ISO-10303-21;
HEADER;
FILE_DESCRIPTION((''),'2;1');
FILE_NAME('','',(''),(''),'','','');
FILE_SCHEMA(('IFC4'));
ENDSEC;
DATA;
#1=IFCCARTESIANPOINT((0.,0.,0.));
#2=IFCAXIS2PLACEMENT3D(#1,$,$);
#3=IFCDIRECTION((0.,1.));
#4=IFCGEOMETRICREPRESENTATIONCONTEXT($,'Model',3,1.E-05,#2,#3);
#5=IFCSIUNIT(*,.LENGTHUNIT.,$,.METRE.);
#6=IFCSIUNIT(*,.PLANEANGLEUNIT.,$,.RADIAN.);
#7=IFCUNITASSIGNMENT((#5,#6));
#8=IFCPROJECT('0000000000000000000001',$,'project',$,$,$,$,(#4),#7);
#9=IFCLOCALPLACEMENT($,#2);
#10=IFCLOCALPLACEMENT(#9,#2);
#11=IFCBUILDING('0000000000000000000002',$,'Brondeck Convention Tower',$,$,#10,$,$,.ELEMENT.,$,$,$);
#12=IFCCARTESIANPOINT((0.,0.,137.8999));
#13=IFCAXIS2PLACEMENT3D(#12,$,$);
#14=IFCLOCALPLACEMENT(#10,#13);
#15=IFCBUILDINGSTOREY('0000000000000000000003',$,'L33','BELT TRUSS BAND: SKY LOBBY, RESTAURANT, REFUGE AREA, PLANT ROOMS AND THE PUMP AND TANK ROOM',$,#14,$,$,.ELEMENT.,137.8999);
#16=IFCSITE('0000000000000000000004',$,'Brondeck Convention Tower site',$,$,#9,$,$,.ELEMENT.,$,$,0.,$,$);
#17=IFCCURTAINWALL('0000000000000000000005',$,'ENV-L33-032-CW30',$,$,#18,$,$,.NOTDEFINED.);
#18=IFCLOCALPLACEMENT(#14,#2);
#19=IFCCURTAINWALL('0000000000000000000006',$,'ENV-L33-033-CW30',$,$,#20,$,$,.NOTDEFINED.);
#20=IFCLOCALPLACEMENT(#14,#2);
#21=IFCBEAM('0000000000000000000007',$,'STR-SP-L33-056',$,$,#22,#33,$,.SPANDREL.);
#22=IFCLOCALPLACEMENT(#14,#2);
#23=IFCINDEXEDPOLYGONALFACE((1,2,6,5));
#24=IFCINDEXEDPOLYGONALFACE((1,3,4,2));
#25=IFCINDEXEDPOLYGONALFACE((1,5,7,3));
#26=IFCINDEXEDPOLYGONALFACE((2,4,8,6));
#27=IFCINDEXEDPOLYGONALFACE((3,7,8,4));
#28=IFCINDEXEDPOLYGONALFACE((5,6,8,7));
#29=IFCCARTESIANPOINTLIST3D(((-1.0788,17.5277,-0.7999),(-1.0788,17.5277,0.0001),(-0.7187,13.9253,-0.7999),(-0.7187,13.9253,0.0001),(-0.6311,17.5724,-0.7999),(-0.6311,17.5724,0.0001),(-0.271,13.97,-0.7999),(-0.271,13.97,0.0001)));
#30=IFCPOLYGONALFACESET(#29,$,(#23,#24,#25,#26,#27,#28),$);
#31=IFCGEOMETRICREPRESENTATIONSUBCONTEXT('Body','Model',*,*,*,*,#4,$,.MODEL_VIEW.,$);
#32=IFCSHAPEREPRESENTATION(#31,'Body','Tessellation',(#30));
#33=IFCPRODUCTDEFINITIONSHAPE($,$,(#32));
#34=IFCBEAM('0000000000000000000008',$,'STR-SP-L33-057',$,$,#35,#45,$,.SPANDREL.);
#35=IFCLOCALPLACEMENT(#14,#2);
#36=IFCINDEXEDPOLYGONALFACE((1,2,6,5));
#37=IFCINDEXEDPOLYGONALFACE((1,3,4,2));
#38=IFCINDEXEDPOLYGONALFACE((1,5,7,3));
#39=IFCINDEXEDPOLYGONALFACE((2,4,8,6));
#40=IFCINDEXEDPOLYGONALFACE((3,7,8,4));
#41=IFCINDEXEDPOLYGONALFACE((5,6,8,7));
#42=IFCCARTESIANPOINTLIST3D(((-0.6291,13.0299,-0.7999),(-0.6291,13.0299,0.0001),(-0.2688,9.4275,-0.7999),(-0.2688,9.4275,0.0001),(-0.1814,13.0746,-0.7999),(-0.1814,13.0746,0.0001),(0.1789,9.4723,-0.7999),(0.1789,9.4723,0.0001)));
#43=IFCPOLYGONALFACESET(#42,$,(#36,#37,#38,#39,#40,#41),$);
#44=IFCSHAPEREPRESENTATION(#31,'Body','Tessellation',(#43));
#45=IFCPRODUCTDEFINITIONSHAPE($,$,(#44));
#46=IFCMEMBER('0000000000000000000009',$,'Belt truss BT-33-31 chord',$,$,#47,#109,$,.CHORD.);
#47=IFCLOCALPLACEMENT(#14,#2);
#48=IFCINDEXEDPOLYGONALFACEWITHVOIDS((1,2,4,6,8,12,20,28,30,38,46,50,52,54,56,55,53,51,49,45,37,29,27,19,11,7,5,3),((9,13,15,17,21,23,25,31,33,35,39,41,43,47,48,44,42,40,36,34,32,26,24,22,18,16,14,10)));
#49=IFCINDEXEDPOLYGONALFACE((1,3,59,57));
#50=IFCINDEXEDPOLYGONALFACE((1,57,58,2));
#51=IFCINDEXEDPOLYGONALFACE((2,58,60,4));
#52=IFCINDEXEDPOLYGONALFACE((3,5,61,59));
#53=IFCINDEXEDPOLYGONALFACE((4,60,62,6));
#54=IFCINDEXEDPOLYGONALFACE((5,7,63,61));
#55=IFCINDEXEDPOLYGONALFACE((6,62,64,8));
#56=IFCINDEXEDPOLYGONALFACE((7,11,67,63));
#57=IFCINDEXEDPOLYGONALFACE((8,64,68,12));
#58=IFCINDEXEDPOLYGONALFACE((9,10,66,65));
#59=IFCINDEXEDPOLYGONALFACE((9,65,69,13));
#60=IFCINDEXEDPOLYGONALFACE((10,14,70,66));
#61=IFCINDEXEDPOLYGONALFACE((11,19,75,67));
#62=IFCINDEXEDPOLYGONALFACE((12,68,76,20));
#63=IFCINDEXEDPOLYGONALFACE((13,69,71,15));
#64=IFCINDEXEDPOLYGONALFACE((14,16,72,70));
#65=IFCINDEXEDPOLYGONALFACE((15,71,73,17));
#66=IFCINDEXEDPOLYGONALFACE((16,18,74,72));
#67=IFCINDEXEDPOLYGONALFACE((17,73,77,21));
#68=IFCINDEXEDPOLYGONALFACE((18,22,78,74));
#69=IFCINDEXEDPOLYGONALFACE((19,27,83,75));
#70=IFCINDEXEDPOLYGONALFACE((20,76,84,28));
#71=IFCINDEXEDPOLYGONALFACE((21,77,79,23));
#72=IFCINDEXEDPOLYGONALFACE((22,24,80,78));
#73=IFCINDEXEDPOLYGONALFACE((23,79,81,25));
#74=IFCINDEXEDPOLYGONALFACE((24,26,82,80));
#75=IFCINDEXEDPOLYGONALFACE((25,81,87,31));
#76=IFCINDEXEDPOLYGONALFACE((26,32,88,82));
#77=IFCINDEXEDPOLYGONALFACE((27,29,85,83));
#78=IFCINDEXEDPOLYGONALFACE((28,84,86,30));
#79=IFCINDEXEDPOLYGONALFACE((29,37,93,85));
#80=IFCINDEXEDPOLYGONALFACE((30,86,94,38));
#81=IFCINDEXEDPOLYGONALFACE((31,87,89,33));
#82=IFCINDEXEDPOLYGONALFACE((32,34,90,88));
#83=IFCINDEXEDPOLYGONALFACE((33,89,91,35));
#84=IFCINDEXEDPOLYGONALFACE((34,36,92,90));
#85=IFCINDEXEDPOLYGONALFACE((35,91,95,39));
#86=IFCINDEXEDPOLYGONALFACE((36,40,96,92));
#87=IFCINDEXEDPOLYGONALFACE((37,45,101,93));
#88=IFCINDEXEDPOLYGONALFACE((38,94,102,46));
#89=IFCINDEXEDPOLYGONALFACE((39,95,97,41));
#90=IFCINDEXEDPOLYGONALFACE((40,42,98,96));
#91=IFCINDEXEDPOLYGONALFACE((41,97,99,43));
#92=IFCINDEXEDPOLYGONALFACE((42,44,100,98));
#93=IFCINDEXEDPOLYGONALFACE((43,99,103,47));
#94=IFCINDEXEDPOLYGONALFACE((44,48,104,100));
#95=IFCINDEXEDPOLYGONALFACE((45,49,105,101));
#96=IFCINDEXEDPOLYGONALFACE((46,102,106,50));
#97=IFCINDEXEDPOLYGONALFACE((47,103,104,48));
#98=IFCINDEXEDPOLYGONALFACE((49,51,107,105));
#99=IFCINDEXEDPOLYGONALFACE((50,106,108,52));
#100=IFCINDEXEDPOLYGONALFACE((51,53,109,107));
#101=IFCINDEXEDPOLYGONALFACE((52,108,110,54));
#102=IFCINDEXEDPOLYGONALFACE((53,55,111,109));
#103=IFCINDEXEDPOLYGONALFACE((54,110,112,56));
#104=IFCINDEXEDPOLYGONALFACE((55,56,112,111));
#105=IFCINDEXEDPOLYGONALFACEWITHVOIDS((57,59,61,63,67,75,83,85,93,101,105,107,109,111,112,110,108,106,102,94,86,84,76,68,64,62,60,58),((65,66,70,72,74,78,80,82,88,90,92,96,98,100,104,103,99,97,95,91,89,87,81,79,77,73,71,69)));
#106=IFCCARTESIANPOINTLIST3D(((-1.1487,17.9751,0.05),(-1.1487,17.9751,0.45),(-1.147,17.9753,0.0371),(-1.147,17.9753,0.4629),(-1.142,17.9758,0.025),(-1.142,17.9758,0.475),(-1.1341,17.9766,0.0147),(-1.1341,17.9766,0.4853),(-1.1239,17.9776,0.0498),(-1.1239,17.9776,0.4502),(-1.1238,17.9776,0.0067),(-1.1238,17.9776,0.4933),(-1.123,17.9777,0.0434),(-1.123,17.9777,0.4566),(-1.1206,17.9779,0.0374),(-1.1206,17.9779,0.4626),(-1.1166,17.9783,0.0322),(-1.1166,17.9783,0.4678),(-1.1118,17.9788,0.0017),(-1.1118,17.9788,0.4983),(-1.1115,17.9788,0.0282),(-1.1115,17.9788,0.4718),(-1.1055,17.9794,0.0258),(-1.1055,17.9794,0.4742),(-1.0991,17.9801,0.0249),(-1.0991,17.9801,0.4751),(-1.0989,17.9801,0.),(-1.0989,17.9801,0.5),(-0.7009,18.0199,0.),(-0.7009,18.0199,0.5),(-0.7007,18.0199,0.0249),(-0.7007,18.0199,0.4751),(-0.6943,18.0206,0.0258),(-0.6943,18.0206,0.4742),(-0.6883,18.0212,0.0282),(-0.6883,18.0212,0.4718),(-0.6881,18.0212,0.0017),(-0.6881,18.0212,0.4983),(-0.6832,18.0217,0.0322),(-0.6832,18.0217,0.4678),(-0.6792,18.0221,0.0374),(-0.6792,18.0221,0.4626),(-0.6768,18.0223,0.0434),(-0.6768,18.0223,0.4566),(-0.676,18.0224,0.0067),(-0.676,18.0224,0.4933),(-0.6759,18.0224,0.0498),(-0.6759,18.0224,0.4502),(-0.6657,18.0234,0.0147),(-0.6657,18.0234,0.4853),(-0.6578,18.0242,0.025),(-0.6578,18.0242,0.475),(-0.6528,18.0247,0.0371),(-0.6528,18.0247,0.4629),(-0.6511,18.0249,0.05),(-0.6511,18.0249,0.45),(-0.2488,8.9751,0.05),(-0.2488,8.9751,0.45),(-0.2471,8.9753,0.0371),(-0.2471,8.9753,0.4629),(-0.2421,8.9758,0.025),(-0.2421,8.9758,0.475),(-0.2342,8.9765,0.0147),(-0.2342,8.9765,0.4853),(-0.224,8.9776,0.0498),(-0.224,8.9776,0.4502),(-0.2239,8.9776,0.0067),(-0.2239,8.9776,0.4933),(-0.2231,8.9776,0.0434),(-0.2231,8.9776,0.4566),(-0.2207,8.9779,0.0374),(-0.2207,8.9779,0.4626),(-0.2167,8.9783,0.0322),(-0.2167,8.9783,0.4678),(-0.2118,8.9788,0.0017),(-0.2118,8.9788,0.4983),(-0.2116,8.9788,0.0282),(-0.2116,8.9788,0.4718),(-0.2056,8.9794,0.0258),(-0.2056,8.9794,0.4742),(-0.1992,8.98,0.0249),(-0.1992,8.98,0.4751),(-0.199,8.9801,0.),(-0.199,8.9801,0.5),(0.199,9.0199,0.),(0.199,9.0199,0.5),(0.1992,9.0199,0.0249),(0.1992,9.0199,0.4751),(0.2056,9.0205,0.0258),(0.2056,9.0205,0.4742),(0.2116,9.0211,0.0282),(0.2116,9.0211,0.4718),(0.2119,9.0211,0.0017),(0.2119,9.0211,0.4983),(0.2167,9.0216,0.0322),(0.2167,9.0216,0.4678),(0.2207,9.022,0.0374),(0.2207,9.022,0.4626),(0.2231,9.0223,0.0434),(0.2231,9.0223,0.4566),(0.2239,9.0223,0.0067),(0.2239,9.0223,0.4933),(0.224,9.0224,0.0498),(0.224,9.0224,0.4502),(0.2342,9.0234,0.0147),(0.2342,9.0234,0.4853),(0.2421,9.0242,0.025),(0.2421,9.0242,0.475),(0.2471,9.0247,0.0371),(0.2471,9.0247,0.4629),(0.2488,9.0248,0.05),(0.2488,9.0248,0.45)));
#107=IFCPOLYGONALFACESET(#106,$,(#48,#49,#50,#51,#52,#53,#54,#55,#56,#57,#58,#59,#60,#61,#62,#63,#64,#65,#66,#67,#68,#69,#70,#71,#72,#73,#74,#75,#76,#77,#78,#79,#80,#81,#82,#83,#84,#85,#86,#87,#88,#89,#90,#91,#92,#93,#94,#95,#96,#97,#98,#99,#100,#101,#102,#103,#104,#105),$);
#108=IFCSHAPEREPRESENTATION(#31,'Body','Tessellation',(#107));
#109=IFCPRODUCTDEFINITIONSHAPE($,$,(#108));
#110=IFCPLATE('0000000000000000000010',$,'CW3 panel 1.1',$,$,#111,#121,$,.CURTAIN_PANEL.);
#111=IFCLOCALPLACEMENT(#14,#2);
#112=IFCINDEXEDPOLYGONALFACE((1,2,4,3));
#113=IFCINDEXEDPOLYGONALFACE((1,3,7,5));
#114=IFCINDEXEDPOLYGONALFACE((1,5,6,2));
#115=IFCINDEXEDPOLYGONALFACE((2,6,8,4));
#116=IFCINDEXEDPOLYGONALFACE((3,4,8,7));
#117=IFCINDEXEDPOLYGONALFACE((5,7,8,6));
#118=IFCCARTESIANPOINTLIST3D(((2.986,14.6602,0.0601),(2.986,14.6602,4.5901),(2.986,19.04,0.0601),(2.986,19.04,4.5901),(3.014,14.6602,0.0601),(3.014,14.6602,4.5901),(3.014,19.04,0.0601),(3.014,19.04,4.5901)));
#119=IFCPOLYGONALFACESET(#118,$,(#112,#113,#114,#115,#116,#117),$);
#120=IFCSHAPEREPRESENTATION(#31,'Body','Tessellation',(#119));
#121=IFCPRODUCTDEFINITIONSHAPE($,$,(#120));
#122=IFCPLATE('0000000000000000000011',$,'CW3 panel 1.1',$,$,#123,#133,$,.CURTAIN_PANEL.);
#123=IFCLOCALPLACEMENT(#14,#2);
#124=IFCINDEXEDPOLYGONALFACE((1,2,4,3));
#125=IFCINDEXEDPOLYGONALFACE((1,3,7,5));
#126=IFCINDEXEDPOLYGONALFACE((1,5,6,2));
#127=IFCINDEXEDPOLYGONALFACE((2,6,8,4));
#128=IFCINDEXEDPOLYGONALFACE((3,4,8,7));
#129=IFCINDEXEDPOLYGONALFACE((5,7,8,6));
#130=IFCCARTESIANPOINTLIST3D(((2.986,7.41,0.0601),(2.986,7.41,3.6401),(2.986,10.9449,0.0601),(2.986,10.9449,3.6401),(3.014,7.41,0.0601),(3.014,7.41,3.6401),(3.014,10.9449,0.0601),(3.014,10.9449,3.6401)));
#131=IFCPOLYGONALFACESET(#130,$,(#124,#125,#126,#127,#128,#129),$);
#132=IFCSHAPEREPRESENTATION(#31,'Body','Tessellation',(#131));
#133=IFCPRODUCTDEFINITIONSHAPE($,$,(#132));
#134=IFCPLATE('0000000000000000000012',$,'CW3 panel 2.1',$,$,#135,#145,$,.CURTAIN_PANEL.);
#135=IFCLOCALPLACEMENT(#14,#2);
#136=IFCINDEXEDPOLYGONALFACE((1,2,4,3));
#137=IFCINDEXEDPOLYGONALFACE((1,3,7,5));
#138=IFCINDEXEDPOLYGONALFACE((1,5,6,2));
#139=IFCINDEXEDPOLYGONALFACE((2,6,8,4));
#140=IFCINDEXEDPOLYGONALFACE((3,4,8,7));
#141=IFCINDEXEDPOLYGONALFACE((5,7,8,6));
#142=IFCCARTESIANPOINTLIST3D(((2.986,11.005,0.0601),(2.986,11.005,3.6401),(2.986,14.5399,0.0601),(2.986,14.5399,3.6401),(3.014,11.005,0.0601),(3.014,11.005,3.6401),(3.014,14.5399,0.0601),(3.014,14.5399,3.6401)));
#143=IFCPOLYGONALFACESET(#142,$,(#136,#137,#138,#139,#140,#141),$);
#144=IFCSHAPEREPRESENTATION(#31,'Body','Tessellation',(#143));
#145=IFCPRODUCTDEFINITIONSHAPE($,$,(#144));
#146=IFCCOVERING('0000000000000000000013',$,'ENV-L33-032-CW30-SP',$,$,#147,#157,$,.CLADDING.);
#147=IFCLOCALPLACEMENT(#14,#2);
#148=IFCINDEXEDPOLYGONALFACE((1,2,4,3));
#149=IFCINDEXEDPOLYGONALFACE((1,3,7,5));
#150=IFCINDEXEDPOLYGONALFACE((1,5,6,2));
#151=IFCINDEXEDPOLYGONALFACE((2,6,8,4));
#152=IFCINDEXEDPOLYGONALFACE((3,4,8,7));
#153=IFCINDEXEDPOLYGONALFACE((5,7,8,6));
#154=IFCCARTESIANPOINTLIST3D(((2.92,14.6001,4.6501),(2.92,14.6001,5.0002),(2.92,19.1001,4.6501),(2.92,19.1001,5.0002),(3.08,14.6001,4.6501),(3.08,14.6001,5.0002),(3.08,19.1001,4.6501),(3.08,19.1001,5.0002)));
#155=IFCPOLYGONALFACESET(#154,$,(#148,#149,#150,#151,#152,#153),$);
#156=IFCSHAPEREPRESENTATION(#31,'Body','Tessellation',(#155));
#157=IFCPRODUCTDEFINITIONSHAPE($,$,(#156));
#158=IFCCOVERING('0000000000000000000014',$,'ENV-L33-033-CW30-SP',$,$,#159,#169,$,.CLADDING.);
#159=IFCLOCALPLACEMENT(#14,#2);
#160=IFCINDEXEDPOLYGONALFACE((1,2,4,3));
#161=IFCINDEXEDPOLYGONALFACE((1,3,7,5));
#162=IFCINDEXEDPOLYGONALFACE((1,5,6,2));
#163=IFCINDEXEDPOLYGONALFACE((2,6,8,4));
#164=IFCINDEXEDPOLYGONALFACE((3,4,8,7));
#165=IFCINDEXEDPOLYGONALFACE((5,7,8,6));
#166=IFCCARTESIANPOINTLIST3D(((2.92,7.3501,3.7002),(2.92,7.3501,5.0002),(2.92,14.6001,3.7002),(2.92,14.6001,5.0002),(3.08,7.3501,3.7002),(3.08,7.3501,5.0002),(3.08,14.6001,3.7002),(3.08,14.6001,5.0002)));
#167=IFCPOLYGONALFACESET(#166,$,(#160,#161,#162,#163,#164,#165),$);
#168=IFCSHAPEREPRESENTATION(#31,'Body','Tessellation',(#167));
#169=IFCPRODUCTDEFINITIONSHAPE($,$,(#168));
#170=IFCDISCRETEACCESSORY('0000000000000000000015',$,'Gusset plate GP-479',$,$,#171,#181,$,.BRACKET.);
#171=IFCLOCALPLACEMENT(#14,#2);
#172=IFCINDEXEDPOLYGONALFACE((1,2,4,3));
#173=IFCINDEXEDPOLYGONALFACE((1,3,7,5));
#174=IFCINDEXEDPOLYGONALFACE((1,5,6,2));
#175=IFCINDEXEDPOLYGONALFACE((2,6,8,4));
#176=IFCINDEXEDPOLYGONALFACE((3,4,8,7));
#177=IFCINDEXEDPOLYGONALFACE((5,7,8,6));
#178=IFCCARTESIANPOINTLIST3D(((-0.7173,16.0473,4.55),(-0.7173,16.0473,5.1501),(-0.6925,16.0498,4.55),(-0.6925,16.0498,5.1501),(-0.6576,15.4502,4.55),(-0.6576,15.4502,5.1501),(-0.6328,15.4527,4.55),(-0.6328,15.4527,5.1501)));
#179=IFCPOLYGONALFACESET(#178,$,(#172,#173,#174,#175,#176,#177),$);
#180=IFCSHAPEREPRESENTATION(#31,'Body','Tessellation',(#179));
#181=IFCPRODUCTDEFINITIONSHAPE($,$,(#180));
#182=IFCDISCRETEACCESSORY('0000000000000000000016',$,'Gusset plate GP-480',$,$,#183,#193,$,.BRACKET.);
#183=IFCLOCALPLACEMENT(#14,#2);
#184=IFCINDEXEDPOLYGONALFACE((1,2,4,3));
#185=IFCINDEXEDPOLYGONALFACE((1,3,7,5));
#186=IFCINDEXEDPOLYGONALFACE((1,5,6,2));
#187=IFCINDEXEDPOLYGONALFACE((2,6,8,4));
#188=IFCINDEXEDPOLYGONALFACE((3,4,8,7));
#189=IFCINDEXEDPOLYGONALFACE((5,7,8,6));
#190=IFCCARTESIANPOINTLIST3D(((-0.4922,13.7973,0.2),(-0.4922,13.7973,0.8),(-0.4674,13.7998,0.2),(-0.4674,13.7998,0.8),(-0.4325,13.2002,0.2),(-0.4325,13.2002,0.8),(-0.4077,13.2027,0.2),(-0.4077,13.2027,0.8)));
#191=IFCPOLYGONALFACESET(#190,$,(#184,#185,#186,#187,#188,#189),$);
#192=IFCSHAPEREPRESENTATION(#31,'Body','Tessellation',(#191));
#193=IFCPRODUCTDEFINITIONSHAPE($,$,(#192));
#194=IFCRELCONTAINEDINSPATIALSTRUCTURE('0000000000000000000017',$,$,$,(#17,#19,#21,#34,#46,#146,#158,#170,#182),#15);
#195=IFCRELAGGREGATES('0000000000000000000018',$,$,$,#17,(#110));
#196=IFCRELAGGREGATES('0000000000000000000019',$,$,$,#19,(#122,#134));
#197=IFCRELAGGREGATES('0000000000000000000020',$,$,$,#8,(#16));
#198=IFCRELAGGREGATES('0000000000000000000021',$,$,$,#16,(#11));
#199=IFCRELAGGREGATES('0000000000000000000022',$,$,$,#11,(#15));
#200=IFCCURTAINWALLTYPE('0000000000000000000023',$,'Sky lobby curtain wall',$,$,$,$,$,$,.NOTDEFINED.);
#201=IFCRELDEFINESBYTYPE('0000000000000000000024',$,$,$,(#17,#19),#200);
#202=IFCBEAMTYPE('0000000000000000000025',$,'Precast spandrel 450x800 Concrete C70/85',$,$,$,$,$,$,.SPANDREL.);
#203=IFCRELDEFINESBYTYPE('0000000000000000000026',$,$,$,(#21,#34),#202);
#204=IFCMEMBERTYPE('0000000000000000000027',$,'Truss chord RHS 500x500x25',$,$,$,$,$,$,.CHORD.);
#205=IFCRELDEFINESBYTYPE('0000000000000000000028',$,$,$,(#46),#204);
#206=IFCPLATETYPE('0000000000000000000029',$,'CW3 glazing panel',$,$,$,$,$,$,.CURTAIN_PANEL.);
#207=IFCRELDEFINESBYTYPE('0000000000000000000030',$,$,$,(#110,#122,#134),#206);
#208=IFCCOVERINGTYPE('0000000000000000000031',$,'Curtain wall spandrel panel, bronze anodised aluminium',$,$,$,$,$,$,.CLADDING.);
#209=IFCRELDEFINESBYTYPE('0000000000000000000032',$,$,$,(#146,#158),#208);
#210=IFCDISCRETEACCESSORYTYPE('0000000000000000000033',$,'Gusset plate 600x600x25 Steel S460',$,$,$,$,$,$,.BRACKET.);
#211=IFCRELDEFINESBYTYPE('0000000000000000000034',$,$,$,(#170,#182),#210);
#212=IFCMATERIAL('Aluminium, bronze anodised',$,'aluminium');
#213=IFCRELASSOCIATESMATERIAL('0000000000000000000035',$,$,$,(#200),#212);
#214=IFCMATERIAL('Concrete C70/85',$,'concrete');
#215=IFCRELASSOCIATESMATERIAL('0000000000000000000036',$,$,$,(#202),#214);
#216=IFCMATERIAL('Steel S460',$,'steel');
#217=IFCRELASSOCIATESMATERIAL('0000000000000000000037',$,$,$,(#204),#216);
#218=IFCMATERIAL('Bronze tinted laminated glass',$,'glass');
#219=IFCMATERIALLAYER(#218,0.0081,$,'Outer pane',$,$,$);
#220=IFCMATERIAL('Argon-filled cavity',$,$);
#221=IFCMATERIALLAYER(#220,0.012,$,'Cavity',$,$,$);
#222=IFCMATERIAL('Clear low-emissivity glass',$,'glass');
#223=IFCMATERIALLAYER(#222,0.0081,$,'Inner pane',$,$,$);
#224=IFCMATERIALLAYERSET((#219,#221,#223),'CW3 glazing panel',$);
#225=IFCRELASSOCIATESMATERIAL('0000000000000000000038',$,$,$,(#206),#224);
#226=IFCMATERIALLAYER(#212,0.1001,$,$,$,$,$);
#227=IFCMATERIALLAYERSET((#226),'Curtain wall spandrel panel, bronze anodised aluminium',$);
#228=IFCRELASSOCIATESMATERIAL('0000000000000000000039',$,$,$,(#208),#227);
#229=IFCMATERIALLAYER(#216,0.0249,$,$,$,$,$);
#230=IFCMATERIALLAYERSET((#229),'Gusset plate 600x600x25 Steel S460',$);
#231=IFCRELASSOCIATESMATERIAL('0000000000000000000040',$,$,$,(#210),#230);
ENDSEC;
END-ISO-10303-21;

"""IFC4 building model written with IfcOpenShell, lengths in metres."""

from ifc_helpers import new_model, si_unit, direction, frame, origin, origin_2d, place, context, subcontext, project, spatial, rectangle, hollow_rectangle, extrude, material, layer, layer_set, material_profile, profile_set, type_object, element, aggregate, save


model = new_model("IFC4")

# Units and contexts
model_context = context("Model", 3, precision=1e-05, world=origin(), true_north=direction((0.0, 1.0)))
body_context = subcontext(model_context, "Body", "Model", "MODEL_VIEW")
ifc_project = project(units=[si_unit("LENGTHUNIT", "METRE"), si_unit("PLANEANGLEUNIT", "RADIAN")], contexts=[model_context])

# Site, building, storey
site_placement = place(None, origin())
site = spatial("IfcSite", under=ifc_project, at=site_placement, Name="Brondeck Convention Tower site", CompositionType="ELEMENT", RefElevation=0.0)
building_placement = place(site_placement, origin())
building = spatial("IfcBuilding", under=site, at=building_placement, Name="Brondeck Convention Tower", CompositionType="ELEMENT")
storey_placement = place(building_placement, frame((0.0, 0.0, 137.8999)))
storey = spatial("IfcBuildingStorey", under=building, at=storey_placement, Name="L33", Description="BELT TRUSS BAND: SKY LOBBY, RESTAURANT, REFUGE AREA, PLANT ROOMS AND THE PUMP AND TANK ROOM", CompositionType="ELEMENT", Elevation=137.8999)

# Shared definitions
ifc_material_1 = material(Name="Concrete C70/85", Category="concrete")

# Curtain wall
ifc_material_2 = material(Name="Aluminium, bronze anodised", Category="aluminium")
curtain_wall_type = type_object("IfcCurtainWallType", Name="Sky lobby curtain wall", PredefinedType="NOTDEFINED", material=ifc_material_2)
curtain_wall_1_placement = place(storey_placement, origin())
curtain_wall_1 = element("IfcCurtainWall", 1, at=curtain_wall_1_placement, inside=storey, type_object=curtain_wall_type, Name="ENV-L33-032-CW30", PredefinedType="NOTDEFINED")

# Curtain wall
curtain_wall_2_placement = place(storey_placement, origin())
curtain_wall_2 = element("IfcCurtainWall", 2, at=curtain_wall_2_placement, inside=storey, type_object=curtain_wall_type, Name="ENV-L33-033-CW30", PredefinedType="NOTDEFINED")

# Shared definitions
ifc_material_3 = material(Name="Steel S460", Category="steel")

# Beams
ifc_material_profile_1 = material_profile(ifc_material_1, rectangle(XDim=0.45, YDim=0.8, at=origin_2d()), Name="Precast spandrel 450x800 Concrete C70/85")
ifc_profile_set_1 = profile_set([ifc_material_profile_1], Name="Concrete C70/85")
beam_type_1 = type_object("IfcBeamType", Name="Precast spandrel 450x800 Concrete C70/85", PredefinedType="SPANDREL", material=ifc_profile_set_1)
for number, where, z_axis, x_axis, name in (
    (3, (-0.855, 17.55, -0.3999), (0.09947, -0.995041, 0.0), (0.995041, 0.09947, 0.0), "STR-SP-L33-056"),
    (4, (-0.4053, 13.0522, -0.3999), (0.099537, -0.995034, 0.0), (0.995034, 0.099537, 0.0), "STR-SP-L33-057"),
):
    element("IfcBeam", number, at=place(storey_placement, frame(where, z_axis=z_axis, x_axis=x_axis)), inside=storey, type_object=beam_type_1, Name=name, PredefinedType="SPANDREL", context=body_context, shape_type="SweptSolid", body=[
        extrude(rectangle(XDim=0.45, YDim=0.8, at=origin_2d()), origin(), (0.0, 0.0, 1.0), 3.6204),
    ])

# Member
ifc_material_profile_2 = material_profile(ifc_material_3, hollow_rectangle(XDim=0.5, YDim=0.5, WallThickness=0.0249, InnerFilletRadius=0.0249, OuterFilletRadius=0.05, at=origin_2d()), Name="RHS 500x500x25")
ifc_profile_set_2 = profile_set([ifc_material_profile_2], Name="Steel S460")
member_type_1 = type_object("IfcMemberType", Name="Truss chord RHS 500x500x25", PredefinedType="CHORD", material=ifc_profile_set_2)
member_1_placement = place(storey_placement, frame((-0.8999, 18.0, 0.25), z_axis=(0.099493, -0.995038, 0.0), x_axis=(0.995038, 0.099493, 0.0)))
element("IfcMember", 5, at=member_1_placement, inside=storey, type_object=member_type_1, Name="Belt truss BT-33-31 chord", PredefinedType="CHORD", context=body_context, shape_type="SweptSolid", body=[
    extrude(hollow_rectangle(XDim=0.5, YDim=0.5, WallThickness=0.0249, InnerFilletRadius=0.0249, OuterFilletRadius=0.05, at=origin_2d()), origin(), (0.0, 0.0, 1.0), 9.0449),
])

# Plates
ifc_material_4 = material(Name="Bronze tinted laminated glass", Category="glass")
ifc_layer_1 = layer(ifc_material_4, 0.0081, Name="Outer pane")
ifc_material_5 = material(Name="Argon-filled cavity")
ifc_layer_2 = layer(ifc_material_5, 0.012, Name="Cavity")
ifc_material_6 = material(Name="Clear low-emissivity glass", Category="glass")
ifc_layer_3 = layer(ifc_material_6, 0.0081, Name="Inner pane")
ifc_layer_set_1 = layer_set([ifc_layer_1, ifc_layer_2, ifc_layer_3], Name="CW3 glazing panel")
plate_type = type_object("IfcPlateType", Name="CW3 glazing panel", PredefinedType="CURTAIN_PANEL", material=ifc_layer_set_1)
plate_1_placement = place(storey_placement, frame((3.0, 16.8501, 0.0601), z_axis=(0.0, 0.0, 1.0), x_axis=(0.0, 1.0, 0.0)))
plate_1 = element("IfcPlate", 6, at=plate_1_placement, type_object=plate_type, Name="CW3 panel 1.1", PredefinedType="CURTAIN_PANEL", context=body_context, shape_type="SweptSolid", body=[
    extrude(rectangle(XDim=4.3799, YDim=0.0281, at=origin_2d()), origin(), (0.0, 0.0, 1.0), 4.53),
])
aggregate(curtain_wall_1, [plate_1])
plate_2_placement = place(storey_placement, frame((3.0, 9.1775, 0.0601), z_axis=(0.0, 0.0, 1.0), x_axis=(0.0, 1.0, 0.0)))
plate_2 = element("IfcPlate", 7, at=plate_2_placement, type_object=plate_type, Name="CW3 panel 1.1", PredefinedType="CURTAIN_PANEL", context=body_context, shape_type="SweptSolid", body=[
    extrude(rectangle(XDim=3.5349, YDim=0.0281, at=origin_2d()), origin(), (0.0, 0.0, 1.0), 3.5801),
])
plate_3_placement = place(storey_placement, frame((3.0, 12.7725, 0.0601), z_axis=(0.0, 0.0, 1.0), x_axis=(0.0, 1.0, 0.0)))
plate_3 = element("IfcPlate", 8, at=plate_3_placement, type_object=plate_type, Name="CW3 panel 2.1", PredefinedType="CURTAIN_PANEL", context=body_context, shape_type="SweptSolid", body=[
    extrude(rectangle(XDim=3.5349, YDim=0.0281, at=origin_2d()), origin(), (0.0, 0.0, 1.0), 3.5801),
])
aggregate(curtain_wall_2, [plate_2, plate_3])

# Coverings
ifc_layer_4 = layer(ifc_material_2, 0.1001)
ifc_layer_set_2 = layer_set([ifc_layer_4], Name="Curtain wall spandrel panel, bronze anodised aluminium")
covering_type = type_object("IfcCoveringType", Name="Curtain wall spandrel panel, bronze anodised aluminium", PredefinedType="CLADDING", material=ifc_layer_set_2)
covering_1_placement = place(storey_placement, frame((3.0, 16.8501, 4.6501), z_axis=(0.0, 0.0, 1.0), x_axis=(0.0, 1.0, 0.0)))
element("IfcCovering", 9, at=covering_1_placement, inside=storey, type_object=covering_type, Name="ENV-L33-032-CW30-SP", PredefinedType="CLADDING", context=body_context, shape_type="SweptSolid", body=[
    extrude(rectangle(XDim=4.5, YDim=0.1599, at=origin_2d()), origin(), (0.0, 0.0, 1.0), 0.3501),
])
covering_2_placement = place(storey_placement, frame((3.0, 10.9751, 3.7002), z_axis=(0.0, 0.0, 1.0), x_axis=(0.0, 1.0, 0.0)))
element("IfcCovering", 10, at=covering_2_placement, inside=storey, type_object=covering_type, Name="ENV-L33-033-CW30-SP", PredefinedType="CLADDING", context=body_context, shape_type="SweptSolid", body=[
    extrude(rectangle(XDim=7.25, YDim=0.1599, at=origin_2d()), origin(), (0.0, 0.0, 1.0), 1.3),
])

# Discrete accessories
ifc_layer_5 = layer(ifc_material_3, 0.0249)
ifc_layer_set_3 = layer_set([ifc_layer_5], Name="Gusset plate 600x600x25 Steel S460")
discrete_accessory_type = type_object("IfcDiscreteAccessoryType", Name="Gusset plate 600x600x25 Steel S460", PredefinedType="BRACKET", material=ifc_layer_set_3)
for number, where, z_axis, x_axis, name in (
    (11, (-0.675, 15.75, 4.55), (0.0, 0.0, 1.0), (-0.099511, 0.995036, 0.0), "Gusset plate GP-479"),
    (12, (-0.45, 13.5, 0.2), (0.0, 0.0, 1.0), (-0.099511, 0.995036, 0.0), "Gusset plate GP-480"),
):
    element("IfcDiscreteAccessory", number, at=place(storey_placement, frame(where, z_axis=z_axis, x_axis=x_axis)), inside=storey, type_object=discrete_accessory_type, Name=name, PredefinedType="BRACKET", context=body_context, shape_type="SweptSolid", body=[
        extrude(rectangle(XDim=0.6001, YDim=0.0249, at=origin_2d()), origin(), (0.0, 0.0, 1.0), 0.6001),
    ])

save(model, "model.ifc")
